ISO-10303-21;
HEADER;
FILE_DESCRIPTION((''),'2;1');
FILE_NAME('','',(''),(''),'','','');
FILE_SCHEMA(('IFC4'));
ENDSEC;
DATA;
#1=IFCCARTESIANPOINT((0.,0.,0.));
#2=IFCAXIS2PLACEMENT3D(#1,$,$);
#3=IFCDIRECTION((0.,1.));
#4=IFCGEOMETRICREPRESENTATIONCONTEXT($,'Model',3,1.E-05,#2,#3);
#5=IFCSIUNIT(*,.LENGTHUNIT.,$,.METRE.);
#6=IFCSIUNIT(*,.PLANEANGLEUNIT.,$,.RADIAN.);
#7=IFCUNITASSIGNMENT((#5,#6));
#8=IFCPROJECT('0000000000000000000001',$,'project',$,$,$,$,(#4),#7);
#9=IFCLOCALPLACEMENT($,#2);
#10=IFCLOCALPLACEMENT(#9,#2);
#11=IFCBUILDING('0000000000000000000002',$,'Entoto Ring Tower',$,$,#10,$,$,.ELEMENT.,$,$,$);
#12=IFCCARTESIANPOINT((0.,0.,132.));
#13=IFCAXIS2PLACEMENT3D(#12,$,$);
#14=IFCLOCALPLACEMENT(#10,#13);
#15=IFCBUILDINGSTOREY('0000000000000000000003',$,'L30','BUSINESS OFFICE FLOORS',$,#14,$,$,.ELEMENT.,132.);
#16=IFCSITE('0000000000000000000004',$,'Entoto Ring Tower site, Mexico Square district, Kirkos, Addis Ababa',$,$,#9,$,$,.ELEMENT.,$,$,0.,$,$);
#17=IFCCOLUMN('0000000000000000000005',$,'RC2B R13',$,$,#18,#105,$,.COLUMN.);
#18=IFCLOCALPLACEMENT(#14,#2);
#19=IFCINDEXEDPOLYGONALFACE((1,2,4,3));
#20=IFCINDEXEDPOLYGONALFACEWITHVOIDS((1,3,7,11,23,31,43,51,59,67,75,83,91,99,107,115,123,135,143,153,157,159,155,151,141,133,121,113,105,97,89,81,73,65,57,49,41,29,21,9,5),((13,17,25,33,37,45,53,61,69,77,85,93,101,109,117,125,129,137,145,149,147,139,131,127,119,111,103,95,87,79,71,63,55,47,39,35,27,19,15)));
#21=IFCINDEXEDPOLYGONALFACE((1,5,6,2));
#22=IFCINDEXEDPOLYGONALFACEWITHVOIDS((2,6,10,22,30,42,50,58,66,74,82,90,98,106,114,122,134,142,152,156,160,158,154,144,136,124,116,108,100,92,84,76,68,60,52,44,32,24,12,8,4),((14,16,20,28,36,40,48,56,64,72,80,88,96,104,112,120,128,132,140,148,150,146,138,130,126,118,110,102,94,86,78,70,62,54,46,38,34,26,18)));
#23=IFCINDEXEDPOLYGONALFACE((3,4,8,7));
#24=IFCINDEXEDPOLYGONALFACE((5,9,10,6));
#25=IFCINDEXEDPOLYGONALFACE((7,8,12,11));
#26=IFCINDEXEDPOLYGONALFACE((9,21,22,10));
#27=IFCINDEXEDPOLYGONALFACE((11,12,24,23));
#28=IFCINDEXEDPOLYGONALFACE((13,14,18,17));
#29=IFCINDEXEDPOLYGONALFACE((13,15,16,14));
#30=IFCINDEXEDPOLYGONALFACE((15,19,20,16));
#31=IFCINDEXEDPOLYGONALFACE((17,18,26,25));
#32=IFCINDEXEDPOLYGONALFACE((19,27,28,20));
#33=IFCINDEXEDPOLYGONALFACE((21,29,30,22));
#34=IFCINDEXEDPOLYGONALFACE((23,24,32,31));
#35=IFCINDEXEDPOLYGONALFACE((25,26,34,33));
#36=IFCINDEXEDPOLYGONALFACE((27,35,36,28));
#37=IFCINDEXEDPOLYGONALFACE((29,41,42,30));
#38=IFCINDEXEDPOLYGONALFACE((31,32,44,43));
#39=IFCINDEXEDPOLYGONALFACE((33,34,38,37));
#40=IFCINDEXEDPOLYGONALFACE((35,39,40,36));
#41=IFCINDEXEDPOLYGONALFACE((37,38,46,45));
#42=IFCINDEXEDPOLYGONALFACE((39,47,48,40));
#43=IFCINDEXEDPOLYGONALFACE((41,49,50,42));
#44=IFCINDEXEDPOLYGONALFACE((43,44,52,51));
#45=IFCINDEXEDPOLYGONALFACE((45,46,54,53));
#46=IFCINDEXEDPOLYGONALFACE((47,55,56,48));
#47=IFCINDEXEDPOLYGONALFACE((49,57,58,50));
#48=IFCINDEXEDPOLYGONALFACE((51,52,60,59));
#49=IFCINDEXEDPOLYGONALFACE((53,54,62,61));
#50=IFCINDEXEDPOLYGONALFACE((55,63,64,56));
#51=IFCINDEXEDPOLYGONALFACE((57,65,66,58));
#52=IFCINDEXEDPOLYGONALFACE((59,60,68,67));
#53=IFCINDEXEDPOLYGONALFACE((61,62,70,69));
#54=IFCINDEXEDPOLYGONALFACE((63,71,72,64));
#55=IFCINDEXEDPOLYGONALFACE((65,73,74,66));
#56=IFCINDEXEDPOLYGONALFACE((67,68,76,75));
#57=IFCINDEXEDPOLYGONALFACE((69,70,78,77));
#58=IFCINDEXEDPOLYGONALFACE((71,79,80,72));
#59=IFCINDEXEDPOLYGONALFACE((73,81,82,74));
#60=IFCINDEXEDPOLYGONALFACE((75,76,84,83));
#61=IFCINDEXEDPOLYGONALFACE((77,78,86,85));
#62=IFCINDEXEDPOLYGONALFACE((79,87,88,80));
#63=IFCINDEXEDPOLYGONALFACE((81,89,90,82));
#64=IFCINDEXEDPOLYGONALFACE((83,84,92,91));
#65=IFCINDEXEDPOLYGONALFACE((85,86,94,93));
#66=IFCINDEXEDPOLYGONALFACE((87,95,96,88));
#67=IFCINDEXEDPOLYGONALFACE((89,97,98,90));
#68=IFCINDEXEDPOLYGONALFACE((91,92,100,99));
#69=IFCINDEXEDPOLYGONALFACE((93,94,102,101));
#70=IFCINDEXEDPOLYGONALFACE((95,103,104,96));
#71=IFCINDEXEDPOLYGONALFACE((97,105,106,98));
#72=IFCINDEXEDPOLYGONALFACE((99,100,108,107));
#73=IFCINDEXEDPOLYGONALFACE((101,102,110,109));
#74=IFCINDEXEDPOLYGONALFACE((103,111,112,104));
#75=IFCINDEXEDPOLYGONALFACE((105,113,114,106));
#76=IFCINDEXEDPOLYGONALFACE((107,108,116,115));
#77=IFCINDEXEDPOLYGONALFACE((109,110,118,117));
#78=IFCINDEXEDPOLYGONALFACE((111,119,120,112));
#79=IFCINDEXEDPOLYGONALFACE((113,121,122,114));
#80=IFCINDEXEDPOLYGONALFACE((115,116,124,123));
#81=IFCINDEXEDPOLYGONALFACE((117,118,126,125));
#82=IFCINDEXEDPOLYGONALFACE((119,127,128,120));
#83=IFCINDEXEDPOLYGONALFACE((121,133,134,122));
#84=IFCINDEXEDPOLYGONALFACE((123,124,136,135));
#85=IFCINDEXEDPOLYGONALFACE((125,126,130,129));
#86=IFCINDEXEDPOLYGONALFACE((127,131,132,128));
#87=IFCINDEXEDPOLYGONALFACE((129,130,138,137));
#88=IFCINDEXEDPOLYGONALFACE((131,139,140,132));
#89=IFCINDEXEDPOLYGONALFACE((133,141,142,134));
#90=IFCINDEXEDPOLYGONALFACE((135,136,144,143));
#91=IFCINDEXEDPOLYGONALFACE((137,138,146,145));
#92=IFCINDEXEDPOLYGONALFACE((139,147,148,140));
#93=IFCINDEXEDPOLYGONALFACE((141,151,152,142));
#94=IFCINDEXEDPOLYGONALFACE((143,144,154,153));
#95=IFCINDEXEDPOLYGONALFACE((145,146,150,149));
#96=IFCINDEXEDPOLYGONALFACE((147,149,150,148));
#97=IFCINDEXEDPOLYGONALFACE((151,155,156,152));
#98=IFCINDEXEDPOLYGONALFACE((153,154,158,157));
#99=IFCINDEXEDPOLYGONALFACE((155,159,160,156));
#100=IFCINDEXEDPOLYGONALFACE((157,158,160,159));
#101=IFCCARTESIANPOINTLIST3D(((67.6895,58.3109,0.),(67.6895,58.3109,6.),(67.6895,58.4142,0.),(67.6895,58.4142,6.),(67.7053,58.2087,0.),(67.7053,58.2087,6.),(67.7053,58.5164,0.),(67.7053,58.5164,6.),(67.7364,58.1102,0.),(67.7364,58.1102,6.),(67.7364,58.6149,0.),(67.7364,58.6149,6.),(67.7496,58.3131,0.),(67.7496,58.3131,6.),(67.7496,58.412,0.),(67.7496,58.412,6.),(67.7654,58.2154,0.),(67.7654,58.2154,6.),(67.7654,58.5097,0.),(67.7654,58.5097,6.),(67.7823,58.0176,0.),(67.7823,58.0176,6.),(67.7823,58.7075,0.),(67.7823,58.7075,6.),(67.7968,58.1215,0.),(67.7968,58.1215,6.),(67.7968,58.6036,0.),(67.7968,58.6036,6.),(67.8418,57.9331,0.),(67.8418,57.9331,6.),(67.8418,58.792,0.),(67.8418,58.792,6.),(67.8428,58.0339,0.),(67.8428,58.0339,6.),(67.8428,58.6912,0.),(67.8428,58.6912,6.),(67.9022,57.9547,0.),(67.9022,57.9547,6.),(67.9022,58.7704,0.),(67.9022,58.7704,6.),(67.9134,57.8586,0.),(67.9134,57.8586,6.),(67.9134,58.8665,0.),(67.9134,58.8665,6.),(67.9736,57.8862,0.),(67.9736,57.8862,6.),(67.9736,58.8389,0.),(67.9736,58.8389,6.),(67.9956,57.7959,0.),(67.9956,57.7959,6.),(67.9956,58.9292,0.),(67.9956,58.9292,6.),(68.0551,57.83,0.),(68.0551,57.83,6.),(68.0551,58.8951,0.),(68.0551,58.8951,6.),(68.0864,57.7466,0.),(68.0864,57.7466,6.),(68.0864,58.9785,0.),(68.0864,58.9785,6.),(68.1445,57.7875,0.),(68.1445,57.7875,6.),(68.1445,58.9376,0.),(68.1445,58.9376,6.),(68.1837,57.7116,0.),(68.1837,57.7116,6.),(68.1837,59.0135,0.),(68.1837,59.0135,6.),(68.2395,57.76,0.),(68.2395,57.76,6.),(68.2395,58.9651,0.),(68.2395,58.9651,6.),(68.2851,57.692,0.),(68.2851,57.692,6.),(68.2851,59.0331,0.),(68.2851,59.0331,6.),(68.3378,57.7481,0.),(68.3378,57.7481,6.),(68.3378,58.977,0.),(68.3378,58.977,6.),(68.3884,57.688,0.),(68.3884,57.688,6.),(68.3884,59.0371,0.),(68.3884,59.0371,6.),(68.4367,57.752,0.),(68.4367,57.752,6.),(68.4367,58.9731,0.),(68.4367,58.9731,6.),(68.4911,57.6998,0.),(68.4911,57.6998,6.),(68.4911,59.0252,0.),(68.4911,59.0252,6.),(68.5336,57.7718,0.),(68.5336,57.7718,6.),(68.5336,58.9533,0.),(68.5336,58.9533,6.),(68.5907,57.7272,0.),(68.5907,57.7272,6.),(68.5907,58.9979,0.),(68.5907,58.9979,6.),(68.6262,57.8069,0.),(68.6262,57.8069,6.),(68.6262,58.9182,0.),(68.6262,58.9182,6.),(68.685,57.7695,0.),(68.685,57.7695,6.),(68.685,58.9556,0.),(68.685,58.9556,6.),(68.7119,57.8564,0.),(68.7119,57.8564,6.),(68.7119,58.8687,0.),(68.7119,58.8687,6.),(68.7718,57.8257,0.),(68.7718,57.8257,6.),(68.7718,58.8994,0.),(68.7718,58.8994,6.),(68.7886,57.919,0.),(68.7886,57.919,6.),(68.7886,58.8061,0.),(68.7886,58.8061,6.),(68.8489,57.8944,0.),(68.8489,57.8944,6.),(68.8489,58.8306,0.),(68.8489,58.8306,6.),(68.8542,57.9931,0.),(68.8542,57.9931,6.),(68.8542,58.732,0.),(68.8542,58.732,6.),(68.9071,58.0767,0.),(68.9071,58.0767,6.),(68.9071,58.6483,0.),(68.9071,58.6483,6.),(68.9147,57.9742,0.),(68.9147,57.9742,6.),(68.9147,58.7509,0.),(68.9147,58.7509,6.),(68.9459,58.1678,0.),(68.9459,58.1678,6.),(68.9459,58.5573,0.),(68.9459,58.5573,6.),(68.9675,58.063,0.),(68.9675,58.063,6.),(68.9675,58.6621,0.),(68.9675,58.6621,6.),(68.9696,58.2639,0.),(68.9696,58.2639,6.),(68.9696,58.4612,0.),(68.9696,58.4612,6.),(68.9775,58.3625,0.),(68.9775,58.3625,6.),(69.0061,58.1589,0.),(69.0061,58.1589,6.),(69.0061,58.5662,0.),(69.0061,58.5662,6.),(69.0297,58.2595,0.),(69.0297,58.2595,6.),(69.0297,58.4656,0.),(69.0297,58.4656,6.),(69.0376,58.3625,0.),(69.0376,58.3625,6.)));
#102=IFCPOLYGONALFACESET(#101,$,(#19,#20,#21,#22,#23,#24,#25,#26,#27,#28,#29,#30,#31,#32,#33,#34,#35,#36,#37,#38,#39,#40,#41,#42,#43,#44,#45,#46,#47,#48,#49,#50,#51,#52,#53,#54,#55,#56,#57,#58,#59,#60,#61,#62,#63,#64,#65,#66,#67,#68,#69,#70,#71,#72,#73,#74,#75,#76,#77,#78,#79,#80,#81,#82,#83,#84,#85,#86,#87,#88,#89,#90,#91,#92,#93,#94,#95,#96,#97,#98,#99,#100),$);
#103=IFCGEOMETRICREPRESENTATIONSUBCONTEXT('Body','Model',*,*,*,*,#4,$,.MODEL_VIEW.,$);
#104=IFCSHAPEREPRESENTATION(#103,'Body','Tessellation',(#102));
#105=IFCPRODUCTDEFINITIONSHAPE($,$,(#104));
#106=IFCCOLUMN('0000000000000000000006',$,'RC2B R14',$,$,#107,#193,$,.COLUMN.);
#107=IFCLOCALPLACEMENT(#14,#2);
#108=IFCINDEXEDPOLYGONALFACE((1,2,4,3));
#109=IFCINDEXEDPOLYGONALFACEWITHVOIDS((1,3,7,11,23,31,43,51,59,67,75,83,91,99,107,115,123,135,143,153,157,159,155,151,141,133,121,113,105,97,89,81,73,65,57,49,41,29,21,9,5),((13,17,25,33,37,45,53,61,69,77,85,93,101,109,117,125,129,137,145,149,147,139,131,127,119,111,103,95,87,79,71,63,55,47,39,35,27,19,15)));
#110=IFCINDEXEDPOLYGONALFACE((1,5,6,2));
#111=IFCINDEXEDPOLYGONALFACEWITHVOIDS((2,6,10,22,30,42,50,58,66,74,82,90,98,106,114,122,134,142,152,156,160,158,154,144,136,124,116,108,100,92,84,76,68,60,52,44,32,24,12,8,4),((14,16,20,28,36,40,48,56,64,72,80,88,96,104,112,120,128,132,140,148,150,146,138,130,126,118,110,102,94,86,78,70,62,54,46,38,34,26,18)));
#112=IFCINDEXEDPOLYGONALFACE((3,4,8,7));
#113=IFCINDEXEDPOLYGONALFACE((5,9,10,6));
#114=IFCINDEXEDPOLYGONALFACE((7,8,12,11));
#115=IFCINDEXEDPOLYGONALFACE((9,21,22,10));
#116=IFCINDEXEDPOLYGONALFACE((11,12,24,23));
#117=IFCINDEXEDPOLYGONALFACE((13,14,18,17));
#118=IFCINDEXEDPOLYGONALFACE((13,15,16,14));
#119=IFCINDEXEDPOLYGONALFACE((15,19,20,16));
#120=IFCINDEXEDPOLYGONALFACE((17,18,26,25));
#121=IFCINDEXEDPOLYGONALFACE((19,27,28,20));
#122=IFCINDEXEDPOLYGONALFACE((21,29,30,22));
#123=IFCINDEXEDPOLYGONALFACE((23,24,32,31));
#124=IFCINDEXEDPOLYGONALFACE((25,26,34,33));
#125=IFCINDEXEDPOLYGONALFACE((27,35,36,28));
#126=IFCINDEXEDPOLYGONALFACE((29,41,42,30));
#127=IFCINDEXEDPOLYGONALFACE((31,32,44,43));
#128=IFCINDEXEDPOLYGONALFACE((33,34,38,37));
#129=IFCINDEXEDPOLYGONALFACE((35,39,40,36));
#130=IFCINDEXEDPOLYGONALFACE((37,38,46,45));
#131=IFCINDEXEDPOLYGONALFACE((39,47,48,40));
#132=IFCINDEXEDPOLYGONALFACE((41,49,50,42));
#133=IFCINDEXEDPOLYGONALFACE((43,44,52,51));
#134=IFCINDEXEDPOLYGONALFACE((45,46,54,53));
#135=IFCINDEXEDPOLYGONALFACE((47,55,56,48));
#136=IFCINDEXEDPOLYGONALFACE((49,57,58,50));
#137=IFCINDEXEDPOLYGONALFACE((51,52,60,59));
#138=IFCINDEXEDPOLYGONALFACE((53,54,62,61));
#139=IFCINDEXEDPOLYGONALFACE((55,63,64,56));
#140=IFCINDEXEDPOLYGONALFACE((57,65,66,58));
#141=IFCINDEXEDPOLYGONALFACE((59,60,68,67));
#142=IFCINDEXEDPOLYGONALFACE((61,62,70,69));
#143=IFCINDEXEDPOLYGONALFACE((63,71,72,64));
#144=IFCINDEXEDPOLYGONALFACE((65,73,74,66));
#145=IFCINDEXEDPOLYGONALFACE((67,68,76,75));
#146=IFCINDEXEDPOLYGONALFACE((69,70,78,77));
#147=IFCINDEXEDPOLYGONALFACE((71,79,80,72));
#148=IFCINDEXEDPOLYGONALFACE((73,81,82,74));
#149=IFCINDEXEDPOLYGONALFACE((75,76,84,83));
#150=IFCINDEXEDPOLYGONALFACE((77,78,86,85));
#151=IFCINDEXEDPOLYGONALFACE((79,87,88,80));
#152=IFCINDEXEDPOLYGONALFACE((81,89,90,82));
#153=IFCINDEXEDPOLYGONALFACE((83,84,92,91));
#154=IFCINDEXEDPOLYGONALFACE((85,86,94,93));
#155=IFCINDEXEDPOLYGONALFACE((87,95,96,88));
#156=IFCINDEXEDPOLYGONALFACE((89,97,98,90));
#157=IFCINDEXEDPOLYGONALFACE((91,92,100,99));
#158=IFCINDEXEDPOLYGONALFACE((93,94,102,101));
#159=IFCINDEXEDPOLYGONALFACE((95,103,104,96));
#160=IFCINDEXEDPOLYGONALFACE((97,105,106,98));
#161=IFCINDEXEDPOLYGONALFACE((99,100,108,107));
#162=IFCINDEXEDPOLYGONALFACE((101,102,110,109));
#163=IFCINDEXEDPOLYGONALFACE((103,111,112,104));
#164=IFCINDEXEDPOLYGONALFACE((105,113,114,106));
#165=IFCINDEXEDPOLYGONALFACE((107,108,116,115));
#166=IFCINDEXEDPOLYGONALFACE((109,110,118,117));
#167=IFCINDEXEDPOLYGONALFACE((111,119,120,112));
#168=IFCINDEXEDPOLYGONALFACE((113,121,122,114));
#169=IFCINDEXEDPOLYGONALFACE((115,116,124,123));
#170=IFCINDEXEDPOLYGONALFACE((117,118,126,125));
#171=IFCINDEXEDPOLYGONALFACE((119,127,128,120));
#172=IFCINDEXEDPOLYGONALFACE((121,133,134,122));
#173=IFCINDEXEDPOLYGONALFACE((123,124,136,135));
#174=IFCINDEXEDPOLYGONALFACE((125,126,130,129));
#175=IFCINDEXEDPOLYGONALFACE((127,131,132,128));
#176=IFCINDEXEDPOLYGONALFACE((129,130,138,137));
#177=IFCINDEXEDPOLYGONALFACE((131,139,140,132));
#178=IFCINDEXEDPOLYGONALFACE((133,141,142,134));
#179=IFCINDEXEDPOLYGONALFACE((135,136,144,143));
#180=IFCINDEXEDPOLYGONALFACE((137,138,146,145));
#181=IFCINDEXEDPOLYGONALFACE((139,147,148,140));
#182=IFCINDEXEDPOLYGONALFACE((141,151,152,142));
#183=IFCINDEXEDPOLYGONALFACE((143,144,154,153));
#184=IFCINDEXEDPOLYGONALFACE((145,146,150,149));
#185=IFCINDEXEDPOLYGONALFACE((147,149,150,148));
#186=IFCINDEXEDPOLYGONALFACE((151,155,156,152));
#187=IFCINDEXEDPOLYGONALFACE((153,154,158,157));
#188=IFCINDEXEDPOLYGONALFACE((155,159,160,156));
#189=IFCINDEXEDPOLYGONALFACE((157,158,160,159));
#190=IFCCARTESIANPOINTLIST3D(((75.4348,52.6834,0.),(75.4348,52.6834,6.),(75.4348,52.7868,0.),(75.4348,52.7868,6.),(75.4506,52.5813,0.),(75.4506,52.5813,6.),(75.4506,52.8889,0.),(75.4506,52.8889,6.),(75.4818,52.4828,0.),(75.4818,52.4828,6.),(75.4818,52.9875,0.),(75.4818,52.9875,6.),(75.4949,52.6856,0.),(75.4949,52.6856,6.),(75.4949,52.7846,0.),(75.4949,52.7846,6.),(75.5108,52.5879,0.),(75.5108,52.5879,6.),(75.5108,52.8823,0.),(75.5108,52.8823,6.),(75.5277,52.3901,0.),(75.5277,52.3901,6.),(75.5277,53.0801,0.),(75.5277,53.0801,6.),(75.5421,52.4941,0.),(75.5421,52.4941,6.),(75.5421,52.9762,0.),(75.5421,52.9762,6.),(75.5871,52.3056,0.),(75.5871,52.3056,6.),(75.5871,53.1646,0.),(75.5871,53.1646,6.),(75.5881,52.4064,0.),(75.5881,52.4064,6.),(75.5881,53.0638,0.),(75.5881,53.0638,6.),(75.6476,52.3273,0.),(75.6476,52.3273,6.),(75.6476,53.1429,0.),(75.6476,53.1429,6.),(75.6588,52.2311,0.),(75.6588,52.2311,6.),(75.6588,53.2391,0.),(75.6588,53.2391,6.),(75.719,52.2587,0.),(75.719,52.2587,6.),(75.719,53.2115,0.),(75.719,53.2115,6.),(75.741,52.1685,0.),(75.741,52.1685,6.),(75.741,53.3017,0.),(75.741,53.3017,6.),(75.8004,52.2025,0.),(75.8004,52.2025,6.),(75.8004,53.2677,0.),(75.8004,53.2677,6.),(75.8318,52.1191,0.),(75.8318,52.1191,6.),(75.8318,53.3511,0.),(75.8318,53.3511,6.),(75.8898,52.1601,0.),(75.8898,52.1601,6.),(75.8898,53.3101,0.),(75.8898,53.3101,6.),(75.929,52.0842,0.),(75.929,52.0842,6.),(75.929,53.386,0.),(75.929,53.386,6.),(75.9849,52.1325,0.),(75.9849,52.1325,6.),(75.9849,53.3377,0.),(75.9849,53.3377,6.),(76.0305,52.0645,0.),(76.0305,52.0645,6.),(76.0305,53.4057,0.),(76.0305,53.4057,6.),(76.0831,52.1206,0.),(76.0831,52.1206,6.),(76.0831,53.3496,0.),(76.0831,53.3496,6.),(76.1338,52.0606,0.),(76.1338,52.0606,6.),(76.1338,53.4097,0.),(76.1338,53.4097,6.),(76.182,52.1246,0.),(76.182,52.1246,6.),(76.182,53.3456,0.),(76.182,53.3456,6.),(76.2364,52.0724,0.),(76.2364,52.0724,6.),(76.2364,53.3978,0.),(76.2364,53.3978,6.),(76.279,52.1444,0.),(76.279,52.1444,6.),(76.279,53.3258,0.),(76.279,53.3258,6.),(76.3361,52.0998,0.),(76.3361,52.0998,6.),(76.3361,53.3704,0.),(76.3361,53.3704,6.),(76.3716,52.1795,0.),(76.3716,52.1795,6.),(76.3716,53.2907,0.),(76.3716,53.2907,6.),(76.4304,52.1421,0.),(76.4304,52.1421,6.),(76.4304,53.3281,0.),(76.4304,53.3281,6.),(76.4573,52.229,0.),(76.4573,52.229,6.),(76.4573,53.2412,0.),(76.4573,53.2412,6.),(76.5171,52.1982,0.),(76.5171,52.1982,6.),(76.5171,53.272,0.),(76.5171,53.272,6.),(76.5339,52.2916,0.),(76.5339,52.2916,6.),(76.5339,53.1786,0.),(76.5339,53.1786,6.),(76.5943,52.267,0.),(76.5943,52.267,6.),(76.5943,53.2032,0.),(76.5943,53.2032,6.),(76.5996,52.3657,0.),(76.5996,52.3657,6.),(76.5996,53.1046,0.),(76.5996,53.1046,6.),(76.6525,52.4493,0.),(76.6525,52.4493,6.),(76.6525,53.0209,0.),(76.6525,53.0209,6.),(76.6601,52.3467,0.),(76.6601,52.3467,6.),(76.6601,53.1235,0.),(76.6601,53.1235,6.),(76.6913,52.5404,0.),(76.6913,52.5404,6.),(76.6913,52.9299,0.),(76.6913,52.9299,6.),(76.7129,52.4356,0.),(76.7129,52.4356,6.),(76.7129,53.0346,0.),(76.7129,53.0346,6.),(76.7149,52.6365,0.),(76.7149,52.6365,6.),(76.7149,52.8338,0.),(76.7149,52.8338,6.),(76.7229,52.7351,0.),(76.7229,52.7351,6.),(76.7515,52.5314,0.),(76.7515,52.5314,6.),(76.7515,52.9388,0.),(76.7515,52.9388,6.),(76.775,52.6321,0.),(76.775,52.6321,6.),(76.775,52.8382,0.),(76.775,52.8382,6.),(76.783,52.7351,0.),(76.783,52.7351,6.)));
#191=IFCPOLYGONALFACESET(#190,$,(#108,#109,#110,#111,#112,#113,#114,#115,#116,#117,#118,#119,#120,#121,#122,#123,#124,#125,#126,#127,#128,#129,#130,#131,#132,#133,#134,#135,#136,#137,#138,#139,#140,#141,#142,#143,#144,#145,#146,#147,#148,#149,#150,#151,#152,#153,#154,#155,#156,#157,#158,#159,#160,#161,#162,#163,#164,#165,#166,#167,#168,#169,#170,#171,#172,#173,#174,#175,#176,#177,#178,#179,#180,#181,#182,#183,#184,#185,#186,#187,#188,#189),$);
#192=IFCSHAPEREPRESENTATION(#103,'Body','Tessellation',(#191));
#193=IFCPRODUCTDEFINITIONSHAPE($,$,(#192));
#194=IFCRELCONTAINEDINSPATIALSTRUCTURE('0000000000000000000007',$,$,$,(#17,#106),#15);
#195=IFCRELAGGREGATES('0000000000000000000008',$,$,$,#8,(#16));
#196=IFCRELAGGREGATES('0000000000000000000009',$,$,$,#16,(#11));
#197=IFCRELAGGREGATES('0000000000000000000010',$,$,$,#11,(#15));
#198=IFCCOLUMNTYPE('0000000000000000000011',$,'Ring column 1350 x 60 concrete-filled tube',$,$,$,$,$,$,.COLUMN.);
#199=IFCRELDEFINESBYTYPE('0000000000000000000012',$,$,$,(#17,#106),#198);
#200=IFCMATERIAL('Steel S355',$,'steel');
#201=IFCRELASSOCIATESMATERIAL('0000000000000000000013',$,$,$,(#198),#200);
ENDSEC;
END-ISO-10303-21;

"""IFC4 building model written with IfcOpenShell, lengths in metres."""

from ifc_helpers import new_model, si_unit, direction, frame, origin, origin_2d, place, context, subcontext, project, spatial, circle, hollow_circle, extrude, material, material_profile, profile_set, type_object, element, save


model = new_model("IFC4")

# Units and contexts
model_context = context("Model", 3, precision=1e-05, world=origin(), true_north=direction((0.0, 1.0)))
body_context = subcontext(model_context, "Body", "Model", "MODEL_VIEW")
ifc_project = project(units=[si_unit("LENGTHUNIT", "METRE"), si_unit("PLANEANGLEUNIT", "RADIAN")], contexts=[model_context])

# Site, building, storey
site_placement = place(None, origin())
site = spatial("IfcSite", under=ifc_project, at=site_placement, Name="Entoto Ring Tower site, Mexico Square district, Kirkos, Addis Ababa", CompositionType="ELEMENT", RefElevation=0.0)
building_placement = place(site_placement, origin())
building = spatial("IfcBuilding", under=site, at=building_placement, Name="Entoto Ring Tower", CompositionType="ELEMENT")
storey_placement = place(building_placement, frame((0.0, 0.0, 132.0)))
storey = spatial("IfcBuildingStorey", under=building, at=storey_placement, Name="L30", Description="BUSINESS OFFICE FLOORS", CompositionType="ELEMENT", Elevation=132.0)

# Columns
ifc_material_1 = material(Name="Steel S355", Category="steel")
ifc_material_profile_1 = material_profile(ifc_material_1, hollow_circle(Radius=0.675, WallThickness=0.0601, at=origin_2d()), Name="CHS 1350 x 60")
ifc_material_2 = material(Name="Concrete C60/75", Category="concrete")
ifc_material_profile_2 = material_profile(ifc_material_2, circle(Radius=0.615, at=origin_2d()), Name="Concrete C60/75 infill")
ifc_profile_set_1 = profile_set([ifc_material_profile_1, ifc_material_profile_2], Name="Steel S355")
column_type = type_object("IfcColumnType", Name="Ring column 1350 x 60 concrete-filled tube", PredefinedType="COLUMN", material=ifc_profile_set_1)
for number, where, z_axis, x_axis, name in (
    (1, (68.3625, 58.3625, 0.0), (0.0, 0.0, 1.0), (1.0, 0.0, 0.0), "RC2B R13"),
    (2, (76.1079, 52.7351, 0.0), (0.0, 0.0, 1.0), (1.0, 0.0, 0.0), "RC2B R14"),
):
    element("IfcColumn", number, at=place(storey_placement, frame(where, z_axis=z_axis, x_axis=x_axis)), inside=storey, type_object=column_type, Name=name, PredefinedType="COLUMN", context=body_context, shape_type="SweptSolid", body=[
        extrude(hollow_circle(Radius=0.675, WallThickness=0.0601, at=origin_2d()), origin(), (0.0, 0.0, 1.0), 6.0),
    ])

save(model, "model.ifc")
